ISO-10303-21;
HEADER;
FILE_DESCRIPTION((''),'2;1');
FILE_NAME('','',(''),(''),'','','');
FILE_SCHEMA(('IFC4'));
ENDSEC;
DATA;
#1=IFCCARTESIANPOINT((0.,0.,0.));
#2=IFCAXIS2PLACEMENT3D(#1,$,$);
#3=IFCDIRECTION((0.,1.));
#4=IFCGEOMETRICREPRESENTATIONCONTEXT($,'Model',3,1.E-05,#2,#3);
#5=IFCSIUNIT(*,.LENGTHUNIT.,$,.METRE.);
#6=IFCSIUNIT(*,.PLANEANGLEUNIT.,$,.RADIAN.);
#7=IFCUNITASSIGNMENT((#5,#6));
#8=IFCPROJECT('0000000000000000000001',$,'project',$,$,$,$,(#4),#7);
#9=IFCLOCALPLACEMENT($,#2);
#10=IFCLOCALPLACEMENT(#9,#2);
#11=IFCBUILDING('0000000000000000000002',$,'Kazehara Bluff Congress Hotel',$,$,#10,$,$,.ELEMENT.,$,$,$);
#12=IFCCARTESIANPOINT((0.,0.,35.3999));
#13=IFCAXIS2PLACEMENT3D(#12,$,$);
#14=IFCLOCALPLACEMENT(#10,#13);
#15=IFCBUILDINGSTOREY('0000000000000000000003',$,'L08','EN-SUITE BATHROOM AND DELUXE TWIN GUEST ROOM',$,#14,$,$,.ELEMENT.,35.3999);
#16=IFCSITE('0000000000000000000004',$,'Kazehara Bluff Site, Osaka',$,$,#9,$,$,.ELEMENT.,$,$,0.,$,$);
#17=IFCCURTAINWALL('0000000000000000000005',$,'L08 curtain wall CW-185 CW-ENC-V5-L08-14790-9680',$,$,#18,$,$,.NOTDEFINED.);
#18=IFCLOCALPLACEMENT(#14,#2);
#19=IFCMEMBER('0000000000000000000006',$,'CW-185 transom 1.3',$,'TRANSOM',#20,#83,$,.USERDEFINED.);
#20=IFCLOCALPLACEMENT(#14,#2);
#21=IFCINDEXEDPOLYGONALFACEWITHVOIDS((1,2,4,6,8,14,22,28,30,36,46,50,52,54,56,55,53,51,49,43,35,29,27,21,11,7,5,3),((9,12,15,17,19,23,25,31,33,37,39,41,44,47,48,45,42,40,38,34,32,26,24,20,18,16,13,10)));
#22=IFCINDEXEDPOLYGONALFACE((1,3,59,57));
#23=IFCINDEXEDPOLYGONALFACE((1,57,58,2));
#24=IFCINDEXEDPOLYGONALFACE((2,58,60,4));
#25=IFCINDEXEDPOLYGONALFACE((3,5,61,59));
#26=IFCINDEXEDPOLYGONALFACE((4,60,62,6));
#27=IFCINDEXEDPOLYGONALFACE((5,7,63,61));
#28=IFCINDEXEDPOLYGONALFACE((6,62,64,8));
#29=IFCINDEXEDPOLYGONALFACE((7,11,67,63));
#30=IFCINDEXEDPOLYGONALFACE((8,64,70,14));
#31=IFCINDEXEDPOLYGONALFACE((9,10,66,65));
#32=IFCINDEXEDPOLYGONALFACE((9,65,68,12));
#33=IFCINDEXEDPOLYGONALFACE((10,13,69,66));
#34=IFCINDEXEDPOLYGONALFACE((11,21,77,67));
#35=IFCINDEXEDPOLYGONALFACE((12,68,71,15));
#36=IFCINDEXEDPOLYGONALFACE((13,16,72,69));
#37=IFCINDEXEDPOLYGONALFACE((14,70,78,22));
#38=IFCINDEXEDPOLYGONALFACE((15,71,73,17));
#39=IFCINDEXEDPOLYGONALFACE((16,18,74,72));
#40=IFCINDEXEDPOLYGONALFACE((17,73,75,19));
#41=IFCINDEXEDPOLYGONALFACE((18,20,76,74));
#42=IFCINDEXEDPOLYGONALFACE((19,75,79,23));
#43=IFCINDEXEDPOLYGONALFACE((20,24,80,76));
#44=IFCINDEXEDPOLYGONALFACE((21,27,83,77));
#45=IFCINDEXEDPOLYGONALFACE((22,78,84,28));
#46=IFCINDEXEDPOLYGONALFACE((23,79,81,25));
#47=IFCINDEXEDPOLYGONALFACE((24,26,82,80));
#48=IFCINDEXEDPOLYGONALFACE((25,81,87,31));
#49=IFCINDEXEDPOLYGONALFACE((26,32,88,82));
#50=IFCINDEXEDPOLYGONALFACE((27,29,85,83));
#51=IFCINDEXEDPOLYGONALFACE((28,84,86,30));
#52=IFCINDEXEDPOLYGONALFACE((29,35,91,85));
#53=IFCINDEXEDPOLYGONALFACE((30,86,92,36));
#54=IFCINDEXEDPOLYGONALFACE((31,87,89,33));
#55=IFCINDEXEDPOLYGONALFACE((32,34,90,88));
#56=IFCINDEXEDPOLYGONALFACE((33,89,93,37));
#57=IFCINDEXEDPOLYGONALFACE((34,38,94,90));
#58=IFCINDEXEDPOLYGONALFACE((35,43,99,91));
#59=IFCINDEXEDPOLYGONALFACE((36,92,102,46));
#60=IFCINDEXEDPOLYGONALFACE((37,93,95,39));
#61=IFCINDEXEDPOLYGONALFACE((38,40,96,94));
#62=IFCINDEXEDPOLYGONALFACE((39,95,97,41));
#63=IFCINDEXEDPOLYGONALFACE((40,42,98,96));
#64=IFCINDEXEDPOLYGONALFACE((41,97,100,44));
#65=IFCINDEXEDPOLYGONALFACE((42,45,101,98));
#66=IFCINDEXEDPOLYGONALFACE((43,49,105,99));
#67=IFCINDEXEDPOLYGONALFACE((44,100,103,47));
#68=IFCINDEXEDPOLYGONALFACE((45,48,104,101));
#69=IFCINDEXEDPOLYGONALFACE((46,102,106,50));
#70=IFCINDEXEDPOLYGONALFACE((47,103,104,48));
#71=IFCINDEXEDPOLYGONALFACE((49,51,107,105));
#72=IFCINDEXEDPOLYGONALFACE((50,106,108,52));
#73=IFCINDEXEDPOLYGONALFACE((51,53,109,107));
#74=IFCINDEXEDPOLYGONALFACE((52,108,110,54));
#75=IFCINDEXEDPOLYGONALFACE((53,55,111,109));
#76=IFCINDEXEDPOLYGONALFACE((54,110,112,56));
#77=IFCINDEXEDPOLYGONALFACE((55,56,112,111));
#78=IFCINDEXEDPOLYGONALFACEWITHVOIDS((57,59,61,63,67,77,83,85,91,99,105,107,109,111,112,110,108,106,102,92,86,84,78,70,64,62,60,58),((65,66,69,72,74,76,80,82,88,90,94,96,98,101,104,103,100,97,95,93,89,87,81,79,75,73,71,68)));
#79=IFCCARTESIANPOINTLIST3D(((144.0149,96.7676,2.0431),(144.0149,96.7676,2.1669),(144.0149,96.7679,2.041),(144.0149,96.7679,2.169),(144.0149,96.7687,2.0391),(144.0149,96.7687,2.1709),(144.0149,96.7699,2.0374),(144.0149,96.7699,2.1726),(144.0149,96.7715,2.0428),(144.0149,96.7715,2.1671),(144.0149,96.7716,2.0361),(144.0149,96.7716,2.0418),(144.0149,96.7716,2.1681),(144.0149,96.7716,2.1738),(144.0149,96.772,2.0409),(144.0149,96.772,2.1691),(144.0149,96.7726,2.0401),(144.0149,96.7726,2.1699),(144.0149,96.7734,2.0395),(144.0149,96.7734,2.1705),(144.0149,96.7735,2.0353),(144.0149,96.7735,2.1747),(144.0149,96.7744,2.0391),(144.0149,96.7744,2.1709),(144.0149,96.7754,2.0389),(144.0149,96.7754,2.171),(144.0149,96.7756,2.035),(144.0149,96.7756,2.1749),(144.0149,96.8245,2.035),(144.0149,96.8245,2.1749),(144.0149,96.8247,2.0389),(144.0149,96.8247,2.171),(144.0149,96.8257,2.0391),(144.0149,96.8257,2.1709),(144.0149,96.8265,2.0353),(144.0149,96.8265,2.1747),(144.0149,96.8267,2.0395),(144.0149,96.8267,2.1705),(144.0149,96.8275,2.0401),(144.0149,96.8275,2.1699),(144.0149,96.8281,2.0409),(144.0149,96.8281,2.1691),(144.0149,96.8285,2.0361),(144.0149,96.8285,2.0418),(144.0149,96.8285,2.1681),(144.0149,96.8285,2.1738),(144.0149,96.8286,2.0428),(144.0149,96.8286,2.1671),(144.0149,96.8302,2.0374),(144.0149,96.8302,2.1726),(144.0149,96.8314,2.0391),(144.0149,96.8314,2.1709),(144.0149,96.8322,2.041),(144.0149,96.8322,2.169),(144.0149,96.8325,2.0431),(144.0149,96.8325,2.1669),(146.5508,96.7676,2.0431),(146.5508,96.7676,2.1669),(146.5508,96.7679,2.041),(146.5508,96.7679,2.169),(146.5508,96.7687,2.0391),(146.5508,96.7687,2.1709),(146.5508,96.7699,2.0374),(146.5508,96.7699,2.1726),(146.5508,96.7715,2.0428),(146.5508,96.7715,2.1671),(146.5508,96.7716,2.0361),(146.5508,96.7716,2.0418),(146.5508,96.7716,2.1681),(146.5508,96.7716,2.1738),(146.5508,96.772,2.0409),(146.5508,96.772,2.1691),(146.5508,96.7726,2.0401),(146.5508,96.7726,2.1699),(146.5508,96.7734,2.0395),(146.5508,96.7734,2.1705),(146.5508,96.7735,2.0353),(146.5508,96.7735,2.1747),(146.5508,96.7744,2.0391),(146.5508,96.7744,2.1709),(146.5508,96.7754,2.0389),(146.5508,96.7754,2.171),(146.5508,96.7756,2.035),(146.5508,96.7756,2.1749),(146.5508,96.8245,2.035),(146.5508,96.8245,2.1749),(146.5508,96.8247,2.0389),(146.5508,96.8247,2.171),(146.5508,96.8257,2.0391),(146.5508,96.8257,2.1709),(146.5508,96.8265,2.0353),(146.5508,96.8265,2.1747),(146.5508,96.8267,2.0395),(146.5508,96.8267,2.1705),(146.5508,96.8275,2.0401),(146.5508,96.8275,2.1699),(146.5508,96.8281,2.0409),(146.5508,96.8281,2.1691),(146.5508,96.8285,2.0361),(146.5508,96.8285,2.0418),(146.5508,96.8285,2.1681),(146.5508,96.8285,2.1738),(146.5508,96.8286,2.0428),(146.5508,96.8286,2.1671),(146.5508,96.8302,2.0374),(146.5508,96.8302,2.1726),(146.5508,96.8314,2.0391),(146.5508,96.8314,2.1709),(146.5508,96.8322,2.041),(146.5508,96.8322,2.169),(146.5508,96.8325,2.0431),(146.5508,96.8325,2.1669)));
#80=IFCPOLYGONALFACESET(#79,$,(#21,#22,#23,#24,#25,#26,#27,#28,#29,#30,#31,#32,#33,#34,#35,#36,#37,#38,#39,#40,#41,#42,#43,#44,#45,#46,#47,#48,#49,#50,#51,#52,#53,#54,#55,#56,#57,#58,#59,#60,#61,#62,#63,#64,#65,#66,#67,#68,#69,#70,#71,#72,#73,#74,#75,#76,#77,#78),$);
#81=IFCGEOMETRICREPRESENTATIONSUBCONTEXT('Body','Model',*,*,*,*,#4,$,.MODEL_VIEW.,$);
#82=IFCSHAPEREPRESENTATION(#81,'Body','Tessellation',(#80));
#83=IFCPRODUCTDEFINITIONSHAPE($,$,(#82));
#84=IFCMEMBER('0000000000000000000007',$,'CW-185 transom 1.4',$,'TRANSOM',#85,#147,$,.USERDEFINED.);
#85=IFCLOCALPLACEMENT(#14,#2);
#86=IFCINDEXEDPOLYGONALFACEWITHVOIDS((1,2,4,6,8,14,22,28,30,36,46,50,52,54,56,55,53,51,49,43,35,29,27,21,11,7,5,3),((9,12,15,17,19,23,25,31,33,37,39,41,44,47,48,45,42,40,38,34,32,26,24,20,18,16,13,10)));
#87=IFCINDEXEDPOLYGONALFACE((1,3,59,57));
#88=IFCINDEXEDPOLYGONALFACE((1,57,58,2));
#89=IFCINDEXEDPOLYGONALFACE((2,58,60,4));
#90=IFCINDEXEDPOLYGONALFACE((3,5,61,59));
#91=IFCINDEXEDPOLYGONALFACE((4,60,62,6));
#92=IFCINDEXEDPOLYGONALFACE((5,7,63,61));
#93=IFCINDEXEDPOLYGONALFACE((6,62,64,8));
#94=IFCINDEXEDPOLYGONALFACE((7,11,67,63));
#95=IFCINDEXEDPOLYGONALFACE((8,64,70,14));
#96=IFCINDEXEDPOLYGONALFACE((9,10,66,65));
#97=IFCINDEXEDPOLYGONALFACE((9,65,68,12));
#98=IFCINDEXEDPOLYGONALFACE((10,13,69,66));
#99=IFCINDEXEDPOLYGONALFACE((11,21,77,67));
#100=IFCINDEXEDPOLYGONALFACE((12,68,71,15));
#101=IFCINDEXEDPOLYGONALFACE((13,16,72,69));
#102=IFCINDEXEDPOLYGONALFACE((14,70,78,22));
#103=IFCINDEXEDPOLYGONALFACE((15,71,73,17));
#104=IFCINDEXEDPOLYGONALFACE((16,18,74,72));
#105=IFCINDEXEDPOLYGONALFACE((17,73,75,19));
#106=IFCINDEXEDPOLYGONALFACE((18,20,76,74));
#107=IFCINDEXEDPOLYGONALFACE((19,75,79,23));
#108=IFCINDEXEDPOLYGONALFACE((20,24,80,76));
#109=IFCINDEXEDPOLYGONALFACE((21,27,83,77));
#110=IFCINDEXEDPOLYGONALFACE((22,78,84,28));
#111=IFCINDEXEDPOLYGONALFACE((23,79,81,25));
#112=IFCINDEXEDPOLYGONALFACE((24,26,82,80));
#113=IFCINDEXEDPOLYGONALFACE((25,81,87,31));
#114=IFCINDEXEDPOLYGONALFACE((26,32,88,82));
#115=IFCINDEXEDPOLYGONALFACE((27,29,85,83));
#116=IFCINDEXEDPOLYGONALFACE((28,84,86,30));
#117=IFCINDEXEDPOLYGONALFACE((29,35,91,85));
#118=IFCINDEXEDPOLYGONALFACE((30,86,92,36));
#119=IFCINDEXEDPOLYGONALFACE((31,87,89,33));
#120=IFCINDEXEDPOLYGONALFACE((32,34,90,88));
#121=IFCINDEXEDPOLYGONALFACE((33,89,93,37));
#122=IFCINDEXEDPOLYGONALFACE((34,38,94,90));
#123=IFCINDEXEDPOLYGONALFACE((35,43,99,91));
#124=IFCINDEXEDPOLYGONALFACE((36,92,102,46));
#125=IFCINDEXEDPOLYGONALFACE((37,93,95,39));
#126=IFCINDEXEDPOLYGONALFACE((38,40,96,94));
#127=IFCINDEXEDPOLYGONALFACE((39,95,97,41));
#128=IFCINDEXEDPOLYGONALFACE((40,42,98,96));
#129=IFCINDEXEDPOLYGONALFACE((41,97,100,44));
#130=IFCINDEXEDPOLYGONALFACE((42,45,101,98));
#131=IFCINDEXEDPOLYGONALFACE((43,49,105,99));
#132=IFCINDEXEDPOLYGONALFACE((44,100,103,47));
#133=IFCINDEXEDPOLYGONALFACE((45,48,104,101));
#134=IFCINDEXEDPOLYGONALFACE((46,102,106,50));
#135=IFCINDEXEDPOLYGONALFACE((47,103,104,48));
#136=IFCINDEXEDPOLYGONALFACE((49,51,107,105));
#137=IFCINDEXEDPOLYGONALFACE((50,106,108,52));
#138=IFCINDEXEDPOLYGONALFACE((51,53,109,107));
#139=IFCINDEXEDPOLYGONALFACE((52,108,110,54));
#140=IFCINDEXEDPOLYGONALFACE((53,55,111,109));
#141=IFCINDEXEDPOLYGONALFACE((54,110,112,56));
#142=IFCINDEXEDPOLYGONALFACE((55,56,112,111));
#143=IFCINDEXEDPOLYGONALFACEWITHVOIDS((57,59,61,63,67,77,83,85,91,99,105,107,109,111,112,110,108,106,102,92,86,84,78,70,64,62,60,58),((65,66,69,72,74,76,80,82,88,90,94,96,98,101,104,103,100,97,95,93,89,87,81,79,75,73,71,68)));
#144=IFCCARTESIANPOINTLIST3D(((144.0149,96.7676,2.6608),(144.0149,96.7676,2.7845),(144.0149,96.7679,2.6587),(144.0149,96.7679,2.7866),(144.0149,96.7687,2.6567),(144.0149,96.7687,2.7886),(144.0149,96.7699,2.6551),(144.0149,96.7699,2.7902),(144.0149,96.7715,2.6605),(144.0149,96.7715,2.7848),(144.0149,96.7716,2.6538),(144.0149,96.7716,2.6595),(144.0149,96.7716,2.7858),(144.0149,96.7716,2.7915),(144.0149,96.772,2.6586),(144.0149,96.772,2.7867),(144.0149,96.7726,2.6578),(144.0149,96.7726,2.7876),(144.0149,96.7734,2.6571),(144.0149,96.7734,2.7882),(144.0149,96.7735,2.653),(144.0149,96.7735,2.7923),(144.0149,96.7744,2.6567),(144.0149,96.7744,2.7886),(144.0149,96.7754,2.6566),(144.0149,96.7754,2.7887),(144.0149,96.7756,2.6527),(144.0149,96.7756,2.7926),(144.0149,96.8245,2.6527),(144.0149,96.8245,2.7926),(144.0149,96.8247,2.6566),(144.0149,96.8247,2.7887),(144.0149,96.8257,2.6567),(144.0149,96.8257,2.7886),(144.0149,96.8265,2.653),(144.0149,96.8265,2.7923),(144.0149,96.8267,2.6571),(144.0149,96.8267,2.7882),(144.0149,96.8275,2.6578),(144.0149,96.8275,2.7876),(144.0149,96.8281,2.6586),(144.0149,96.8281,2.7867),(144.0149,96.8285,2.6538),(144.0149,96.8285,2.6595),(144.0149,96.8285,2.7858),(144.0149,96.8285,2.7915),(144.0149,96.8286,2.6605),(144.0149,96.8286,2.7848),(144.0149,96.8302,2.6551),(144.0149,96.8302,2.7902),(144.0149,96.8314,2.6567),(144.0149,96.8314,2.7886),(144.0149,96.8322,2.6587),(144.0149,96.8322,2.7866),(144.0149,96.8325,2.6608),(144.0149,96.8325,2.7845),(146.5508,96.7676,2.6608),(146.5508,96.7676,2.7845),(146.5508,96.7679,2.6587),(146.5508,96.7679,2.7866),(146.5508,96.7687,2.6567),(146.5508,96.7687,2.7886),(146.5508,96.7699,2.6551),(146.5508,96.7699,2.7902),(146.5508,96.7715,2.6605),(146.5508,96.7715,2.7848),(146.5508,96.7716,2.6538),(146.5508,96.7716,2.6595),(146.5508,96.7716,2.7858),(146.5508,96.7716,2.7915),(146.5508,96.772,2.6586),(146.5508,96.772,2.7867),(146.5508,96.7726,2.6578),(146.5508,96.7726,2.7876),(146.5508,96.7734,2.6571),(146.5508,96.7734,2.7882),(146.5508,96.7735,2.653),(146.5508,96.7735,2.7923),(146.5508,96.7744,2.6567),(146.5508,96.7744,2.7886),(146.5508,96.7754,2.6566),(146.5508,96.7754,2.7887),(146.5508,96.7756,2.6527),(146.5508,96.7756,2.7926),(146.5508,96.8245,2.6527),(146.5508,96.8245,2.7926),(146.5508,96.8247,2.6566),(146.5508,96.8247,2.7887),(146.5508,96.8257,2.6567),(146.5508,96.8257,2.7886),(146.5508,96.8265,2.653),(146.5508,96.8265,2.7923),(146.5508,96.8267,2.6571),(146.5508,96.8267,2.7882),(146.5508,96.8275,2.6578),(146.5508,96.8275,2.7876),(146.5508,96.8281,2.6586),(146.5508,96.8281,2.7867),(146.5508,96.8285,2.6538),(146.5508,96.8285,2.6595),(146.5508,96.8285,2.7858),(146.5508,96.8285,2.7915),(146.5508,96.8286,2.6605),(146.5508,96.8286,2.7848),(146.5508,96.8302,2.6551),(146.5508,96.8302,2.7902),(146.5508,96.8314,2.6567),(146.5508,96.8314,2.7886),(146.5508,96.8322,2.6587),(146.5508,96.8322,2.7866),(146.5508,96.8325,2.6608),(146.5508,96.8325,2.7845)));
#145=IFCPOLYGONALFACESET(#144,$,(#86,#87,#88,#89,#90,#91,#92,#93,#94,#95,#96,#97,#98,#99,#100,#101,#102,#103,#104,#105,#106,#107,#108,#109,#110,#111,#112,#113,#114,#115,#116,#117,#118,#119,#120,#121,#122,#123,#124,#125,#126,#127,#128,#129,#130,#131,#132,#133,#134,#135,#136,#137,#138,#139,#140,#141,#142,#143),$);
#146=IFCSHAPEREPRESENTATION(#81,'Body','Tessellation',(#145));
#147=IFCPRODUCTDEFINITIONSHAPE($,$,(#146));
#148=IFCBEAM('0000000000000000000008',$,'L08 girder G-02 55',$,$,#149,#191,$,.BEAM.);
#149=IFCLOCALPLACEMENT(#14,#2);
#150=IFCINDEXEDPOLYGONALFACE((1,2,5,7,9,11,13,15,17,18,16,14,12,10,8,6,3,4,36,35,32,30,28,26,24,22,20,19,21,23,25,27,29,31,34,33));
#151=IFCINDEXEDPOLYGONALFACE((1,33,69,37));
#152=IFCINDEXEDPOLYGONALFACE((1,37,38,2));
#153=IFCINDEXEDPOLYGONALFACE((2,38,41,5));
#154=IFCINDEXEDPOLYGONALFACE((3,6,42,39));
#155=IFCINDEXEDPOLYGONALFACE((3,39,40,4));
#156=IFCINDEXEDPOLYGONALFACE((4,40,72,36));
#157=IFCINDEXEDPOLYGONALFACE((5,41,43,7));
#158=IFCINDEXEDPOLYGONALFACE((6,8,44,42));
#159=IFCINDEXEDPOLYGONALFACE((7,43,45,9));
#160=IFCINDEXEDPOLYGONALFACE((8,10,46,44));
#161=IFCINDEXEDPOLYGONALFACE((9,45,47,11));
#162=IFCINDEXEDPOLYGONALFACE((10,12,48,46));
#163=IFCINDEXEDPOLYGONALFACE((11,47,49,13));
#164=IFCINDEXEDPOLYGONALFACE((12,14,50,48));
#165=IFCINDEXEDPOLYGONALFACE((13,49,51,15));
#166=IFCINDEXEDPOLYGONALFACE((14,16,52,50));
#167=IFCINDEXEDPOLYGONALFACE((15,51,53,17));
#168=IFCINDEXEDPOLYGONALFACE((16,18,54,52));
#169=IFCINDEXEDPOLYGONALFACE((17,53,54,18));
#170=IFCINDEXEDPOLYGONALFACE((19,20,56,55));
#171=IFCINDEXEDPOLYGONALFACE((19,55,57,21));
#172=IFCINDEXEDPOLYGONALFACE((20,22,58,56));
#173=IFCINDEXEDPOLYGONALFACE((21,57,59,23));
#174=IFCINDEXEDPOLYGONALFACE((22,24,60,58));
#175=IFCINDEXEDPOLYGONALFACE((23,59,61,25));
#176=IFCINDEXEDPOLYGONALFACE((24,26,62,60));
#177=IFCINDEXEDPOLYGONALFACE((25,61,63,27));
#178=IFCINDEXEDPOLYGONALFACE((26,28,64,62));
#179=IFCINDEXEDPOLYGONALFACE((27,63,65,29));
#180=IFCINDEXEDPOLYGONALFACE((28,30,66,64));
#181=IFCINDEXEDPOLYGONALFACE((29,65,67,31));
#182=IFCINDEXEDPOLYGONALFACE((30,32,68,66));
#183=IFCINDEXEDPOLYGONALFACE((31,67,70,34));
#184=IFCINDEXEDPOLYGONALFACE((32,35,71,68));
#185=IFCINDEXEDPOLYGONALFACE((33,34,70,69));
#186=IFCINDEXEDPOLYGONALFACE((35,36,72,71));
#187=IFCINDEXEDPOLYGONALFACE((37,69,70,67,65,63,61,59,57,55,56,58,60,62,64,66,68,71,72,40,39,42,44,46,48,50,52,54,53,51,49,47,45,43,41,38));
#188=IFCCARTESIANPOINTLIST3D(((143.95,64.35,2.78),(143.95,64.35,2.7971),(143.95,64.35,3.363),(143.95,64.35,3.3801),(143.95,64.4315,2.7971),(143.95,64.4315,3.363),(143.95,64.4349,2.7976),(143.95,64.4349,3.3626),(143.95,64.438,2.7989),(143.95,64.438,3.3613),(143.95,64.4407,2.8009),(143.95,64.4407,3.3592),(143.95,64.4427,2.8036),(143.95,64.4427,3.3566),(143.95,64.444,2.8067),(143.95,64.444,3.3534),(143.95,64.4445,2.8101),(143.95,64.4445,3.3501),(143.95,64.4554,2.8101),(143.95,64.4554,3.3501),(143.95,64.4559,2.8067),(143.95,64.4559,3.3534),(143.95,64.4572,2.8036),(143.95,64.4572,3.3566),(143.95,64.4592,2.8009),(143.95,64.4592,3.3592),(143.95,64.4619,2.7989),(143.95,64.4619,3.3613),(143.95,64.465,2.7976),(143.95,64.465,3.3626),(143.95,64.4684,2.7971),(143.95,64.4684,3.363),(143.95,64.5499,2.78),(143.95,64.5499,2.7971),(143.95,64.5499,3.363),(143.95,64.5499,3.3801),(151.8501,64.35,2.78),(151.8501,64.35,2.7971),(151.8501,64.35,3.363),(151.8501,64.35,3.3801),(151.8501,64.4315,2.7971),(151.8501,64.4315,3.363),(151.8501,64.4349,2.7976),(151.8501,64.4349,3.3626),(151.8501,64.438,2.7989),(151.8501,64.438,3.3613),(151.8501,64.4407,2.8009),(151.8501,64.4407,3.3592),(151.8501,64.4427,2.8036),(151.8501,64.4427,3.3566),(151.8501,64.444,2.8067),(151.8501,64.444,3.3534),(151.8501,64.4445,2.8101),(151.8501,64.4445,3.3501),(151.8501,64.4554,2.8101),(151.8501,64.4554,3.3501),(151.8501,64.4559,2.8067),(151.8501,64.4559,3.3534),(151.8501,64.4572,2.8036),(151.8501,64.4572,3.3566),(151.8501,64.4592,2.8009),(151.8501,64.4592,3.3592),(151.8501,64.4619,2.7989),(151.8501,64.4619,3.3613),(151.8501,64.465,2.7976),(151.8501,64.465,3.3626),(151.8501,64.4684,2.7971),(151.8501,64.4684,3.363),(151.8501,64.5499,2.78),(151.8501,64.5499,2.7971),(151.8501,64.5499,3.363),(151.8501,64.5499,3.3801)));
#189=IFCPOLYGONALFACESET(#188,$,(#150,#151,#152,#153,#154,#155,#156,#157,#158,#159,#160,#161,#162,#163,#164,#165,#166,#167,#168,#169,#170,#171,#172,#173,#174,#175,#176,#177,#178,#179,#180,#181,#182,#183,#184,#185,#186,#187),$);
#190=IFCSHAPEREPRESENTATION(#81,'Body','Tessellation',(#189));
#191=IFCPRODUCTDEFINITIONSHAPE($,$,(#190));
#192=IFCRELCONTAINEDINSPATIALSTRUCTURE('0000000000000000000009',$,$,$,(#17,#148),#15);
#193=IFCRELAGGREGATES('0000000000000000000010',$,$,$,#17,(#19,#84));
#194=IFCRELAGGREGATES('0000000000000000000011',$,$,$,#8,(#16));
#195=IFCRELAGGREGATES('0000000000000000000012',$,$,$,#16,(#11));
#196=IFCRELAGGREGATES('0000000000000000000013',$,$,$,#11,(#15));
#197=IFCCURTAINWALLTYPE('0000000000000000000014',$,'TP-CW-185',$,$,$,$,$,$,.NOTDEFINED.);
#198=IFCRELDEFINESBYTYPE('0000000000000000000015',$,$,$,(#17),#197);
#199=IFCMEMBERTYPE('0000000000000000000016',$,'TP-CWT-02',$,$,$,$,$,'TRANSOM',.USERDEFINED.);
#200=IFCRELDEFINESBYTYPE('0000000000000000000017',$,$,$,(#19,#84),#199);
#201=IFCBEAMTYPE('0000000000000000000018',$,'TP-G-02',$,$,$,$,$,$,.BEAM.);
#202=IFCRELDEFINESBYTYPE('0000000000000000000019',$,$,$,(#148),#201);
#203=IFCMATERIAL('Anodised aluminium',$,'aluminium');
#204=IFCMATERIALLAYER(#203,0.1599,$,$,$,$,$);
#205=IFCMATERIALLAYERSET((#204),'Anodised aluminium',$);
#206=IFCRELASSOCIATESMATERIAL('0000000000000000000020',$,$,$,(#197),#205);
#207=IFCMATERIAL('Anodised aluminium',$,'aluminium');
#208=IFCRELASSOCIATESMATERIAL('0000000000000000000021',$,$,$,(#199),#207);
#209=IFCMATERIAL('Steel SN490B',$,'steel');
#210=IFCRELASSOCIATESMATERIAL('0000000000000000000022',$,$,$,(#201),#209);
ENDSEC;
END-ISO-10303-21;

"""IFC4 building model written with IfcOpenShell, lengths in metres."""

from ifc_helpers import new_model, si_unit, direction, frame, origin, origin_2d, place, context, subcontext, project, spatial, hollow_rectangle, i_section, extrude, material, layer, layer_set, material_profile, profile_set, type_object, element, aggregate, save


model = new_model("IFC4")

# Units and contexts
model_context = context("Model", 3, precision=1e-05, world=origin(), true_north=direction((0.0, 1.0)))
body_context = subcontext(model_context, "Body", "Model", "MODEL_VIEW")
ifc_project = project(units=[si_unit("LENGTHUNIT", "METRE"), si_unit("PLANEANGLEUNIT", "RADIAN")], contexts=[model_context])

# Site, building, storey
site_placement = place(None, origin())
site = spatial("IfcSite", under=ifc_project, at=site_placement, Name="Kazehara Bluff Site, Osaka", CompositionType="ELEMENT", RefElevation=0.0)
building_placement = place(site_placement, origin())
building = spatial("IfcBuilding", under=site, at=building_placement, Name="Kazehara Bluff Congress Hotel", CompositionType="ELEMENT")
storey_placement = place(building_placement, frame((0.0, 0.0, 35.3999)))
storey = spatial("IfcBuildingStorey", under=building, at=storey_placement, Name="L08", Description="EN-SUITE BATHROOM AND DELUXE TWIN GUEST ROOM", CompositionType="ELEMENT", Elevation=35.3999)

# Curtain wall
ifc_material_1 = material(Name="Anodised aluminium", Category="aluminium")
ifc_layer_1 = layer(ifc_material_1, 0.1599)
ifc_layer_set_1 = layer_set([ifc_layer_1], Name="Anodised aluminium")
curtain_wall_type_1 = type_object("IfcCurtainWallType", Name="TP-CW-185", PredefinedType="NOTDEFINED", material=ifc_layer_set_1)
curtain_wall_1_placement = place(storey_placement, origin())
curtain_wall_1 = element("IfcCurtainWall", 1, at=curtain_wall_1_placement, inside=storey, type_object=curtain_wall_type_1, Name="L08 curtain wall CW-185 CW-ENC-V5-L08-14790-9680", PredefinedType="NOTDEFINED")

# Members
ifc_material_2 = material(Name="Anodised aluminium", Category="aluminium")
ifc_material_profile_1 = material_profile(ifc_material_2, hollow_rectangle(XDim=0.0649, YDim=0.1399, WallThickness=0.0039, InnerFilletRadius=0.0039, OuterFilletRadius=0.0081, at=origin_2d()))
ifc_profile_set_1 = profile_set([ifc_material_profile_1], Name="Anodised aluminium")
member_type_1 = type_object("IfcMemberType", Name="TP-CWT-02", ElementType="TRANSOM", PredefinedType="USERDEFINED", material=ifc_profile_set_1)
member_1_placement = place(storey_placement, frame((144.0149, 96.8, 2.105), z_axis=(1.0, 0.0, 0.0), x_axis=(0.0, 1.0, 0.0)))
member_1 = element("IfcMember", 2, at=member_1_placement, type_object=member_type_1, Name="CW-185 transom 1.3", ObjectType="TRANSOM", PredefinedType="USERDEFINED", context=body_context, shape_type="SweptSolid", body=[
    extrude(hollow_rectangle(XDim=0.0649, YDim=0.1399, WallThickness=0.0039, InnerFilletRadius=0.0039, OuterFilletRadius=0.0081, at=origin_2d()), origin(), (0.0, 0.0, 1.0), 2.5359),
])
member_2_placement = place(storey_placement, frame((144.0149, 96.8, 2.7227), z_axis=(1.0, 0.0, 0.0), x_axis=(0.0, 1.0, 0.0)))
member_2 = element("IfcMember", 3, at=member_2_placement, type_object=member_type_1, Name="CW-185 transom 1.4", ObjectType="TRANSOM", PredefinedType="USERDEFINED", context=body_context, shape_type="SweptSolid", body=[
    extrude(hollow_rectangle(XDim=0.0649, YDim=0.1399, WallThickness=0.0039, InnerFilletRadius=0.0039, OuterFilletRadius=0.0081, at=origin_2d()), origin(), (0.0, 0.0, 1.0), 2.5359),
])
aggregate(curtain_wall_1, [member_1, member_2])

# Beam
ifc_material_3 = material(Name="Steel SN490B", Category="steel")
ifc_material_profile_2 = material_profile(ifc_material_3, i_section(OverallWidth=0.2, OverallDepth=0.6001, WebThickness=0.011, FlangeThickness=0.0171, FilletRadius=0.0129, at=origin_2d()))
ifc_profile_set_2 = profile_set([ifc_material_profile_2], Name="Steel SN490B")
beam_type_1 = type_object("IfcBeamType", Name="TP-G-02", PredefinedType="BEAM", material=ifc_profile_set_2)
for number, where, z_axis, x_axis, name in (
    (4, (143.95, 64.45, 3.0801), (1.0, 0.0, 0.0), (0.0, 1.0, 0.0), "L08 girder G-02 55"),
):
    element("IfcBeam", number, at=place(storey_placement, frame(where, z_axis=z_axis, x_axis=x_axis)), inside=storey, type_object=beam_type_1, Name=name, PredefinedType="BEAM", context=body_context, shape_type="SweptSolid", body=[
        extrude(i_section(OverallWidth=0.2, OverallDepth=0.6001, WebThickness=0.011, FlangeThickness=0.0171, FilletRadius=0.0129, at=origin_2d()), origin(), (0.0, 0.0, 1.0), 7.9001),
    ])

save(model, "model.ifc")
